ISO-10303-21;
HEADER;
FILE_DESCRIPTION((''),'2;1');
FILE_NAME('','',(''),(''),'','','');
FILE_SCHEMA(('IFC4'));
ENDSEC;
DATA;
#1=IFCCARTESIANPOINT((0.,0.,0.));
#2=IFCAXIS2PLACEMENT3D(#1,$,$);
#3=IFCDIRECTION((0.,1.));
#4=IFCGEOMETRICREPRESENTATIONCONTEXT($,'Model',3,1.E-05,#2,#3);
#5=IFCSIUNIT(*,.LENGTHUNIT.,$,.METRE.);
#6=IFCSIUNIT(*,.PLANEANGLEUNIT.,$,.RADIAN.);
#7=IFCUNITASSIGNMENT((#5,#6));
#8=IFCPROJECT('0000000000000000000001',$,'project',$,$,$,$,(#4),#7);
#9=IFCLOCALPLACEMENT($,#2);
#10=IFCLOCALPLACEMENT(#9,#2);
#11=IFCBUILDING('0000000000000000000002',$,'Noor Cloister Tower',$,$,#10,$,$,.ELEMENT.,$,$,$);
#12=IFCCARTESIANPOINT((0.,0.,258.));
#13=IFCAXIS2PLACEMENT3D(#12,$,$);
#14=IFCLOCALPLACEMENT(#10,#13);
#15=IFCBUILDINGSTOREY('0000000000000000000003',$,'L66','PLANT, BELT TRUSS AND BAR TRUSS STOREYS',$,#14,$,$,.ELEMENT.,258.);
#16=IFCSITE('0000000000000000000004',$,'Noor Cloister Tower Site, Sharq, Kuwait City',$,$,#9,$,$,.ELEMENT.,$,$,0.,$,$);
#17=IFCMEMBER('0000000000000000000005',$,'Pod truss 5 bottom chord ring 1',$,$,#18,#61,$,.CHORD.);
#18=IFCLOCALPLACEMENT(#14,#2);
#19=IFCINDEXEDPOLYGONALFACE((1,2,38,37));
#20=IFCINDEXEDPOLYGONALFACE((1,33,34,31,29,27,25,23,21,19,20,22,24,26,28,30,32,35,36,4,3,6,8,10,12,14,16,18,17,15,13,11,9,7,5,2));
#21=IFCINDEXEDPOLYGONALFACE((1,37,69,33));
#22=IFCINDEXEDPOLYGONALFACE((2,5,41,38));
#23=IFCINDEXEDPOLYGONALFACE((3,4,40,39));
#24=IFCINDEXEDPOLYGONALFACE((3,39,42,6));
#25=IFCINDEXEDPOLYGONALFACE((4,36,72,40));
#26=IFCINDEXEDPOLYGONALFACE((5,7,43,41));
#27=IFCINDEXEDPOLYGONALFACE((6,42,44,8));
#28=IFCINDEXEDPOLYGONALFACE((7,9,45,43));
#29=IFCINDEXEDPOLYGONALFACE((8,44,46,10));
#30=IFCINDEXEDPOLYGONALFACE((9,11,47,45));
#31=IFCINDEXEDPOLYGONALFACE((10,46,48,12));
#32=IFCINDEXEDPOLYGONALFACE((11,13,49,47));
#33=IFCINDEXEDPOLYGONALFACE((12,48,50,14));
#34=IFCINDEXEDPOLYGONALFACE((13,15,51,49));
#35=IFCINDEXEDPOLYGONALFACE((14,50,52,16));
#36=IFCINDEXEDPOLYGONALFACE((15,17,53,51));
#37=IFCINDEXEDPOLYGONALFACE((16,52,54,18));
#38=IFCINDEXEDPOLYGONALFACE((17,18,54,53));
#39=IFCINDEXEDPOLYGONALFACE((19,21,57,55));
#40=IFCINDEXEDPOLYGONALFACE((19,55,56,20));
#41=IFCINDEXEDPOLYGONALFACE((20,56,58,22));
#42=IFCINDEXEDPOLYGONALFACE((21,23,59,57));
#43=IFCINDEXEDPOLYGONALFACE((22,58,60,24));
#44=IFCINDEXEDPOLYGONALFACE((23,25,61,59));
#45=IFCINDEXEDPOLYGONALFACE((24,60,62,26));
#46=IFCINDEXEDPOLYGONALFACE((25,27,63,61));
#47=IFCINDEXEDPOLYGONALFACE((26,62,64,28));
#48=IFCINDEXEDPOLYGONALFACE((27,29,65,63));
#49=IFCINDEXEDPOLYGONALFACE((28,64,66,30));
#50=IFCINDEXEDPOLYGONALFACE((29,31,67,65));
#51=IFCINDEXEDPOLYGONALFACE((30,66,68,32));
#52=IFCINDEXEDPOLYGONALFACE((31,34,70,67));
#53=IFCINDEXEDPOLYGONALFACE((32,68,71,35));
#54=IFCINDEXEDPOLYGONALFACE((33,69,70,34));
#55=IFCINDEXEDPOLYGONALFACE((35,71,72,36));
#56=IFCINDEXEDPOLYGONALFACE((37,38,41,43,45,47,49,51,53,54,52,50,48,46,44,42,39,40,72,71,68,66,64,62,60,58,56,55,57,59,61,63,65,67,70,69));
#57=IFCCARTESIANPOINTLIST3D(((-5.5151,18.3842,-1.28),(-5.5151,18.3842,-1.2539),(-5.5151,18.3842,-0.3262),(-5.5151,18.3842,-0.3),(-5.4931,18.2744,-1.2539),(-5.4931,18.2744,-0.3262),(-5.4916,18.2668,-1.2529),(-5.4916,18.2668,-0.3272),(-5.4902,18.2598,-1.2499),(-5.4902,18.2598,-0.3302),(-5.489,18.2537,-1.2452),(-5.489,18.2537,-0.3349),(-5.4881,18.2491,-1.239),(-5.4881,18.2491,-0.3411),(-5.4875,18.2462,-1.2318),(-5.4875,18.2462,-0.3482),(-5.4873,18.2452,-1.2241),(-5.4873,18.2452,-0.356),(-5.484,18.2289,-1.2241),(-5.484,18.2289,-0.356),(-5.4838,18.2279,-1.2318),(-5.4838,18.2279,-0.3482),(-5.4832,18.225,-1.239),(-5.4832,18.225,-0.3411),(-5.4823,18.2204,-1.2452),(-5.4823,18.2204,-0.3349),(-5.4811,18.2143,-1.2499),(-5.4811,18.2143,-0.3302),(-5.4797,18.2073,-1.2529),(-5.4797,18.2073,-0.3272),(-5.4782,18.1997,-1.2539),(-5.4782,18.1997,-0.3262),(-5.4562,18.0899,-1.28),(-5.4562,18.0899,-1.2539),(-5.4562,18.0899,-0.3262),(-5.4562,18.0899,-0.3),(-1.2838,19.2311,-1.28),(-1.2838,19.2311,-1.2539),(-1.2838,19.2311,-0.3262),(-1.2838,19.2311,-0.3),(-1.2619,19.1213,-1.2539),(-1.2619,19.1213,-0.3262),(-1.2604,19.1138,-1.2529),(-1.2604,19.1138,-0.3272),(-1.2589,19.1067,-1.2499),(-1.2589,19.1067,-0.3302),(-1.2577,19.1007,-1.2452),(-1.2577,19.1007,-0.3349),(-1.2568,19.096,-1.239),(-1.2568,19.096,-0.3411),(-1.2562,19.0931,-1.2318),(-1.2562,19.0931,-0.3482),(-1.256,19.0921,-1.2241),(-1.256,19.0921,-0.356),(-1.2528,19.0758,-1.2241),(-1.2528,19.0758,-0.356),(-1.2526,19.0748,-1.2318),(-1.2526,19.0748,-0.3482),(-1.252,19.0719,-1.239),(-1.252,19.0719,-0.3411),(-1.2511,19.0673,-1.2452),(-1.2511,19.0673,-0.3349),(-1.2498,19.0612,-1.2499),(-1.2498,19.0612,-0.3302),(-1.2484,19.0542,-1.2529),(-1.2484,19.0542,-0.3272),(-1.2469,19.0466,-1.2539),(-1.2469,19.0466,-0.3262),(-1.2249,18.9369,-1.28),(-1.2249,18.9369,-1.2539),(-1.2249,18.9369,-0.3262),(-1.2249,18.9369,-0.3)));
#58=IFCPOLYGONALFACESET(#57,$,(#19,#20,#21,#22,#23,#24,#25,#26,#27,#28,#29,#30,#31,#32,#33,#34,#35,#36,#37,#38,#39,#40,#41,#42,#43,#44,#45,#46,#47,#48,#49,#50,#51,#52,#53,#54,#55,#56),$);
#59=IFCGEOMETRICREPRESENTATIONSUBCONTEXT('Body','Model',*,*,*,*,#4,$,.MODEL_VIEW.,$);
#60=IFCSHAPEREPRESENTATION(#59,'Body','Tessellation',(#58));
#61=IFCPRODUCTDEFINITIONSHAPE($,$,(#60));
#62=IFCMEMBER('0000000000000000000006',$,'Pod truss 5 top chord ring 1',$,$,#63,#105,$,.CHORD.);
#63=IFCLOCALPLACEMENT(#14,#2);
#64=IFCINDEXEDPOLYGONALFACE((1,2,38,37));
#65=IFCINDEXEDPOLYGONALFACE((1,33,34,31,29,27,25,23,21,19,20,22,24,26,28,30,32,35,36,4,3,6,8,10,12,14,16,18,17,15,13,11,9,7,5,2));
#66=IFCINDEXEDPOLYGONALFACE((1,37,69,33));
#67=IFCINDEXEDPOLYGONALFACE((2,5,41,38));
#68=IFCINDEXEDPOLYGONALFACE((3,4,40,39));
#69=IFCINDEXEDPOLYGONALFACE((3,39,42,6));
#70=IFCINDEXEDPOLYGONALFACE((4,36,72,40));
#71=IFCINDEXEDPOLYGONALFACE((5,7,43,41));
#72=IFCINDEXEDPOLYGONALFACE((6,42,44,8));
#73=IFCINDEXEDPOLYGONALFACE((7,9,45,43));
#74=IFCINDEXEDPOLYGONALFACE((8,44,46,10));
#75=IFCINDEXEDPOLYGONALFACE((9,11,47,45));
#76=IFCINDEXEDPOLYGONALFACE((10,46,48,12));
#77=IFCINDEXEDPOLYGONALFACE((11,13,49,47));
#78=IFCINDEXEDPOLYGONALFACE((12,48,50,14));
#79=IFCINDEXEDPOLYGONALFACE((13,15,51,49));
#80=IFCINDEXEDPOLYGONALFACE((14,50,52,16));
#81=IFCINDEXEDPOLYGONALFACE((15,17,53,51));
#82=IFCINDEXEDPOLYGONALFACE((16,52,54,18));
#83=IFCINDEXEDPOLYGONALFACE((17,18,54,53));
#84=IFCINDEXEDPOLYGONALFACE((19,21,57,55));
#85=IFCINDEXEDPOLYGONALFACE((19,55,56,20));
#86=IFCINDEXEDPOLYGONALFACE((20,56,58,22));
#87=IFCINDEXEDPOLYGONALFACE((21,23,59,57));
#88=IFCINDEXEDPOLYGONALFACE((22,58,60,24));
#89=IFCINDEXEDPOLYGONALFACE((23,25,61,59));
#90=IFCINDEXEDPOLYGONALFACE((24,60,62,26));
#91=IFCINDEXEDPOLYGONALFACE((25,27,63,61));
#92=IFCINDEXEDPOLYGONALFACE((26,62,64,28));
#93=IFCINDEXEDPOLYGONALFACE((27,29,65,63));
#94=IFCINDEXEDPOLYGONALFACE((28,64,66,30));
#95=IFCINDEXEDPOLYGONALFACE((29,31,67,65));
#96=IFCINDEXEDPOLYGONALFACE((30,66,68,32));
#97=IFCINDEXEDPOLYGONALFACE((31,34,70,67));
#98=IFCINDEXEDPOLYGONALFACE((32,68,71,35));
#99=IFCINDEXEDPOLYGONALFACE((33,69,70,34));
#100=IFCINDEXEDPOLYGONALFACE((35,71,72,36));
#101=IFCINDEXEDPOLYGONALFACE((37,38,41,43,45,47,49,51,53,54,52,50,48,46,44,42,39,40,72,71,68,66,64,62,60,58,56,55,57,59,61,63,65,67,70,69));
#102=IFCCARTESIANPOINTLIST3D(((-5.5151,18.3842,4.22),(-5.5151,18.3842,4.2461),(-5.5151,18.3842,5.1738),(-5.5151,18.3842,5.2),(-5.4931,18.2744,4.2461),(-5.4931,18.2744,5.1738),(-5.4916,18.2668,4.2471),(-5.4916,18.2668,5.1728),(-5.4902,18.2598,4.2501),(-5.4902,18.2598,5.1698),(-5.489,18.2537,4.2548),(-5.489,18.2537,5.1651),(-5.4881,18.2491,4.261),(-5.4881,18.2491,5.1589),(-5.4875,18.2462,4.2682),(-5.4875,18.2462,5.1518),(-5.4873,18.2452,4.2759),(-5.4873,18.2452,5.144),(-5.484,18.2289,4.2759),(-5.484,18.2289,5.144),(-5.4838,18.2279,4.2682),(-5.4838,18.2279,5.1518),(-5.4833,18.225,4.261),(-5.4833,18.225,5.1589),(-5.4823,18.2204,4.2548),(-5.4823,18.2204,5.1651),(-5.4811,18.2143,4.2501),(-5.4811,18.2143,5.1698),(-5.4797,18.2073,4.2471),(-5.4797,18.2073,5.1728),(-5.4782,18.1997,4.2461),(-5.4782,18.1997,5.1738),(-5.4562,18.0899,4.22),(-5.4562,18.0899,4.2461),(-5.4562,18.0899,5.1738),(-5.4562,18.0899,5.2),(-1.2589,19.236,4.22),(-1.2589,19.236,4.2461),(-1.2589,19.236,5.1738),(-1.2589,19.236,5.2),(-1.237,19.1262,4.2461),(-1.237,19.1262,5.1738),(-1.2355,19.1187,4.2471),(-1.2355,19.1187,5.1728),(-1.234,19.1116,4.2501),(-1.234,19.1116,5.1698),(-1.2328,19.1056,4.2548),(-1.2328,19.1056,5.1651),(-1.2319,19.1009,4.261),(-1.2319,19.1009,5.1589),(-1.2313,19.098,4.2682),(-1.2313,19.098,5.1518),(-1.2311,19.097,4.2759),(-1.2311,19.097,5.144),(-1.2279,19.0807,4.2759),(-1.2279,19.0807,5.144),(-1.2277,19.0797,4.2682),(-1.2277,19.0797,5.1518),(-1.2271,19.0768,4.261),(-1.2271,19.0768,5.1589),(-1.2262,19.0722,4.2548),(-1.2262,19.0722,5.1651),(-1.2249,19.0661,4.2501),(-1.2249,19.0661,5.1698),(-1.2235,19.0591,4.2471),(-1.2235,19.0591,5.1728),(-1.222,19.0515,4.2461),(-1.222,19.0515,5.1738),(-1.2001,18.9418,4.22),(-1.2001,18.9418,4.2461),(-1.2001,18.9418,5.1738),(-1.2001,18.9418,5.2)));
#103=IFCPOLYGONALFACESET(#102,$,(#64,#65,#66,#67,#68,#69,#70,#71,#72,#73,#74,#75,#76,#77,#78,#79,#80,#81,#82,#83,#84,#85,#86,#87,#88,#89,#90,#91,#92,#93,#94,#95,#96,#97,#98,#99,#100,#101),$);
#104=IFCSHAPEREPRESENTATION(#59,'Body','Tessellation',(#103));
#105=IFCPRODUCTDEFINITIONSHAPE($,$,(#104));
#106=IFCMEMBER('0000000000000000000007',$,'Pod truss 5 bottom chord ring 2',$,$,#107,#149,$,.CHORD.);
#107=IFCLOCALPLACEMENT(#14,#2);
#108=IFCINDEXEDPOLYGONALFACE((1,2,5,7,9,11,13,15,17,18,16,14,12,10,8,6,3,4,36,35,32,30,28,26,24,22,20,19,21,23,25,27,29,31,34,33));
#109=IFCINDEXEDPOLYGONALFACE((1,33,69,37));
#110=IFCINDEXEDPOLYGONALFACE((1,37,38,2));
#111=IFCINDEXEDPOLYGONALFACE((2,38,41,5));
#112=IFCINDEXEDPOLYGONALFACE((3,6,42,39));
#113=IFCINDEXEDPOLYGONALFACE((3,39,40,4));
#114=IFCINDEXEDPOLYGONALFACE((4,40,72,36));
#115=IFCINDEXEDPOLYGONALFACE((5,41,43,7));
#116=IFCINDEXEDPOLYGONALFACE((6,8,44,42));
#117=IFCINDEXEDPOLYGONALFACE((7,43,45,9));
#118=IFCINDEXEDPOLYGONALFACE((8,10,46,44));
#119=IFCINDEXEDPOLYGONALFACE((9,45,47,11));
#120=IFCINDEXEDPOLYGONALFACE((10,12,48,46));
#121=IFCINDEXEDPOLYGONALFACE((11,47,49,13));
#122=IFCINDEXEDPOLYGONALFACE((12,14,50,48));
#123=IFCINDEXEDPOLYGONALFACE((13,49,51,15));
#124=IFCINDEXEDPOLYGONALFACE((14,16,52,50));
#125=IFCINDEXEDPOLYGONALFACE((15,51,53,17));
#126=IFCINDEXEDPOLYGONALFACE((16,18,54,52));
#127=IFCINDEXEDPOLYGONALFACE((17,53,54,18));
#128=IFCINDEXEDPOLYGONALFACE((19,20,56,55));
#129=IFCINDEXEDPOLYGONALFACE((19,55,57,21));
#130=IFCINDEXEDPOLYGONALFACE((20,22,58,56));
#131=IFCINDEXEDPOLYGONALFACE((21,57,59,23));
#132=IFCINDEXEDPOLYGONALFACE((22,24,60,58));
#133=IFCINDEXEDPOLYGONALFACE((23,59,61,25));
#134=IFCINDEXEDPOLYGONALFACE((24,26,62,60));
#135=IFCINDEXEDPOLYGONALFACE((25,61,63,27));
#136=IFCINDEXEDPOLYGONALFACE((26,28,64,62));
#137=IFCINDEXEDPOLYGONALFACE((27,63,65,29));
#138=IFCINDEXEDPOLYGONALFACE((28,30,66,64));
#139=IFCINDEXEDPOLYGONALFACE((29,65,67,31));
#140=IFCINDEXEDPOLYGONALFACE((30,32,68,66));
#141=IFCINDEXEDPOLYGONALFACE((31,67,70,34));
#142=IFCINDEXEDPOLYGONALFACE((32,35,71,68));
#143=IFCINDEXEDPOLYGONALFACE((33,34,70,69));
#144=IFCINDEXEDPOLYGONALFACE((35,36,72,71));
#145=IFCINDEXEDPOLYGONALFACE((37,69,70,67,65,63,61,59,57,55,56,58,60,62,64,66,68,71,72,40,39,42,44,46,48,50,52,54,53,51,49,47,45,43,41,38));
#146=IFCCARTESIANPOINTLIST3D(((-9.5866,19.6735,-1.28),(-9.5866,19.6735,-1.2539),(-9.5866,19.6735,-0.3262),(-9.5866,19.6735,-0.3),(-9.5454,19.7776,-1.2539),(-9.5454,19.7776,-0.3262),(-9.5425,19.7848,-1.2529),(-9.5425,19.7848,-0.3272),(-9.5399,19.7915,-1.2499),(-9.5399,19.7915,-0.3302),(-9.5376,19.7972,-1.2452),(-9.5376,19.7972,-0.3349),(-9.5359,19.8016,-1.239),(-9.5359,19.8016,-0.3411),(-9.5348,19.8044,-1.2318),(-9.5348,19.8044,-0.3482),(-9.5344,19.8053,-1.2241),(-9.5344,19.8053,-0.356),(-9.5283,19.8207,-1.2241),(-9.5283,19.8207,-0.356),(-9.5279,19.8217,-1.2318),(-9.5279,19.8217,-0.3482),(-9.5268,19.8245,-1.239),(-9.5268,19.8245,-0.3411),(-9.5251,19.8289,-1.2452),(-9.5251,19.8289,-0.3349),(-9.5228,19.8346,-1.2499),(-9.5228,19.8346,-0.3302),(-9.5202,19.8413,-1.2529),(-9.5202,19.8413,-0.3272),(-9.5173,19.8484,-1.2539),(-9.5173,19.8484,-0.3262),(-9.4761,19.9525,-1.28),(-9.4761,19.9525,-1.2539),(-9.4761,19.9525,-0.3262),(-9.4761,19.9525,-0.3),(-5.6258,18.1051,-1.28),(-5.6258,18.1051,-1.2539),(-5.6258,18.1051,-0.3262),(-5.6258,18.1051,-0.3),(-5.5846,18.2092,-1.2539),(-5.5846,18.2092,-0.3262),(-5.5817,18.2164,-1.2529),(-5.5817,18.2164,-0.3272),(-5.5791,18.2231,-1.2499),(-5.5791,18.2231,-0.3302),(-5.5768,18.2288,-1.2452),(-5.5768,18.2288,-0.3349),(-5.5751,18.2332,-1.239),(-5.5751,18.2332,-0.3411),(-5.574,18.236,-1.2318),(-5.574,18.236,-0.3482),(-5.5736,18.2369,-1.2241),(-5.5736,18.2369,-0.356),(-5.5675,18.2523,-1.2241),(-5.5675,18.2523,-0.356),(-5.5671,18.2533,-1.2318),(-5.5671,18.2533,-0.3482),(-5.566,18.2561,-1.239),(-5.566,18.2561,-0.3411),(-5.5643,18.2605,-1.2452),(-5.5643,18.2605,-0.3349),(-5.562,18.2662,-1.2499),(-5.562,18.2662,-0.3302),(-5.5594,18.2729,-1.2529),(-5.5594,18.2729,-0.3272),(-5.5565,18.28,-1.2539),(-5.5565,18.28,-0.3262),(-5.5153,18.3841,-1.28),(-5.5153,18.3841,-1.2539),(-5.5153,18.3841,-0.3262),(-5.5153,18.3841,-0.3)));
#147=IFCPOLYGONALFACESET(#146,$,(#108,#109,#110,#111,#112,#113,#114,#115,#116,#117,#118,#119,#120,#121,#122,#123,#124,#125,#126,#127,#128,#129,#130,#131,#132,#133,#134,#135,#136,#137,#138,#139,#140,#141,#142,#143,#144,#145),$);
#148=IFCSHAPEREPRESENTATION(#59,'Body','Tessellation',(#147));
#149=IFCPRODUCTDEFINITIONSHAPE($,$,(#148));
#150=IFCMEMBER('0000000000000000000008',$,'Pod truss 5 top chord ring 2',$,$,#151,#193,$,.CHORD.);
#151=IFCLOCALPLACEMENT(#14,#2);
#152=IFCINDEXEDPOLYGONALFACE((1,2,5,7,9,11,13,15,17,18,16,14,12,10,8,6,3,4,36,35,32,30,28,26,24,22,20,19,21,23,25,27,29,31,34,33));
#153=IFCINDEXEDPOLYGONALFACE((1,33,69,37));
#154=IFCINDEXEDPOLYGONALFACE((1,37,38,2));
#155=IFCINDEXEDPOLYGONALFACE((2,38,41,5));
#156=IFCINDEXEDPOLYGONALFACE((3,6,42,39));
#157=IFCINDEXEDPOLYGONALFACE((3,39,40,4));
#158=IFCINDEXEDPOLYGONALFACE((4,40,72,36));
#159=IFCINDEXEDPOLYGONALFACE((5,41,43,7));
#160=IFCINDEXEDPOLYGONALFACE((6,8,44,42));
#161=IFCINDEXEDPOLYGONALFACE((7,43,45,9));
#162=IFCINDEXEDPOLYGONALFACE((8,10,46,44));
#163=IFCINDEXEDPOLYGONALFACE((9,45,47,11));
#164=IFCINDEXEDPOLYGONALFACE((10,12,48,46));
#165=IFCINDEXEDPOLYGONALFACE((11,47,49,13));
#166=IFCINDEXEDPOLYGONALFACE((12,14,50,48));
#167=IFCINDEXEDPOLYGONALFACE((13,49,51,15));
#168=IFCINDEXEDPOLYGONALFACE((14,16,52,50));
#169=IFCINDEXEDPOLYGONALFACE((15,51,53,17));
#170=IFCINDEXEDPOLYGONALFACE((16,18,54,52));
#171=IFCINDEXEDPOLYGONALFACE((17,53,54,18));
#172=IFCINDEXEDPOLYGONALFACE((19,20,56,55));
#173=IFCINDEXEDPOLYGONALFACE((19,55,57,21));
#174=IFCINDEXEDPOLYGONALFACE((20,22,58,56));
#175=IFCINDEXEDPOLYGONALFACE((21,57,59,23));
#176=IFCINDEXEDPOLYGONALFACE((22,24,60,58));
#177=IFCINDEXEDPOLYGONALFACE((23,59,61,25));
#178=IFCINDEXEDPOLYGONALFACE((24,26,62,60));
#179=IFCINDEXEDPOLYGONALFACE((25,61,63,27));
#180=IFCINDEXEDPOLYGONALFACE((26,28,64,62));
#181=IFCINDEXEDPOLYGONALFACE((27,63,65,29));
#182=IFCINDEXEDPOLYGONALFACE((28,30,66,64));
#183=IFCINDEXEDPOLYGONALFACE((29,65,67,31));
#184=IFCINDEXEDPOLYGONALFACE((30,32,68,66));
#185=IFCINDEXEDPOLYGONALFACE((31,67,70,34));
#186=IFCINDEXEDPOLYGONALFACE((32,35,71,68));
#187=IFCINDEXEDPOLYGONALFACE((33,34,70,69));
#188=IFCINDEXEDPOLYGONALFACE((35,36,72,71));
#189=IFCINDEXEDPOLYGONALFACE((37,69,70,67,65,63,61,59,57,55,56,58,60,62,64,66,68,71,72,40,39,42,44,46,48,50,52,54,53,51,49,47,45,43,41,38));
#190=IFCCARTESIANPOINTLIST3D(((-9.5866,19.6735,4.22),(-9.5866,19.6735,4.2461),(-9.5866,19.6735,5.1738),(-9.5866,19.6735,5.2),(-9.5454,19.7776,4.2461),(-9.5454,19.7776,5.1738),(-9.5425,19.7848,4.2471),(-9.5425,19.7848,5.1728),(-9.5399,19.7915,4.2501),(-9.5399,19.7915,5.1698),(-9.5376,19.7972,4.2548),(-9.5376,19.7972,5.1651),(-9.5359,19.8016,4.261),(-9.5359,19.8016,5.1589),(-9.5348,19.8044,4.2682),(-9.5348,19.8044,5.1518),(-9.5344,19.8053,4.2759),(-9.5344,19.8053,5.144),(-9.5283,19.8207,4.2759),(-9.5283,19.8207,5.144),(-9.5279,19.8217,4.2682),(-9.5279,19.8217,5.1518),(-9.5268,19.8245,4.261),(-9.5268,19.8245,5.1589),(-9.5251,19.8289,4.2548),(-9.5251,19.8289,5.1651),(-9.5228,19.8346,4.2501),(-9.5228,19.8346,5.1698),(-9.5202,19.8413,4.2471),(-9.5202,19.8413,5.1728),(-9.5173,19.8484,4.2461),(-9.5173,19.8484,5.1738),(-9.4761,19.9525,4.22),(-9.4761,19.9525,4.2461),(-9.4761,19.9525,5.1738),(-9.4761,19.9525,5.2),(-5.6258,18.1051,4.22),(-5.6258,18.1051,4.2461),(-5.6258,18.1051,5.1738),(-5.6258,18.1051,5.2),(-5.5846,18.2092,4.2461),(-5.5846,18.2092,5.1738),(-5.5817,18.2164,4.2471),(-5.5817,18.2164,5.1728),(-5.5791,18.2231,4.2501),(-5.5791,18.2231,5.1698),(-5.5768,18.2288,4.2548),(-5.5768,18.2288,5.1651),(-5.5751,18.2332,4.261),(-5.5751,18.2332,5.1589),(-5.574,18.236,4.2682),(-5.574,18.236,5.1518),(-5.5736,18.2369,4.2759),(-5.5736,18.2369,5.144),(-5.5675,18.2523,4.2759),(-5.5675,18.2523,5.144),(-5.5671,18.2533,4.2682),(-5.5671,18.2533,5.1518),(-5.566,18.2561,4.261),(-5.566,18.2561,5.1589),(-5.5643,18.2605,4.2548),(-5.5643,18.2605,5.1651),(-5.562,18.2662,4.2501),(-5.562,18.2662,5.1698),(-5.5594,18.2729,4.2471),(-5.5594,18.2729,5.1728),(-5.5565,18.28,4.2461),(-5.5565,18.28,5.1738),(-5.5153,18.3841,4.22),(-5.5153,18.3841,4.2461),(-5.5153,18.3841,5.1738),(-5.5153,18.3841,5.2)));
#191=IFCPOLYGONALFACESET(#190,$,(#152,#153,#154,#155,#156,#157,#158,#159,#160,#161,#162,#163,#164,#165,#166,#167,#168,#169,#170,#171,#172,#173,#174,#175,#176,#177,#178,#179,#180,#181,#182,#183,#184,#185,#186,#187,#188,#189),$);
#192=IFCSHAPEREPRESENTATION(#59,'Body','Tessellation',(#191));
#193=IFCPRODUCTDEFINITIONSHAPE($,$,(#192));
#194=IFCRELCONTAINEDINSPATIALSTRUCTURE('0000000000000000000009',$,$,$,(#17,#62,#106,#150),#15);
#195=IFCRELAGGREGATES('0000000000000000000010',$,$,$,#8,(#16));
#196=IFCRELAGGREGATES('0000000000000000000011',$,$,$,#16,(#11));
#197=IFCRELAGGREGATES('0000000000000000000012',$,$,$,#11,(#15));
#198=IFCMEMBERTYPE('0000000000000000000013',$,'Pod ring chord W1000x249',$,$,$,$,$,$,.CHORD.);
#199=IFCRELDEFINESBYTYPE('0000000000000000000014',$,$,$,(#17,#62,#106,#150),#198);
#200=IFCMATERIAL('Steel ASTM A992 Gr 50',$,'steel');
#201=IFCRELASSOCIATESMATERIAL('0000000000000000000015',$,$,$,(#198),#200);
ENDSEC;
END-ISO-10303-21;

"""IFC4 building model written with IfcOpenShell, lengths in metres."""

from ifc_helpers import new_model, si_unit, direction, frame, origin, origin_2d, place, context, subcontext, project, spatial, i_section, extrude, material, material_profile, profile_set, type_object, element, save


model = new_model("IFC4")

# Units and contexts
model_context = context("Model", 3, precision=1e-05, world=origin(), true_north=direction((0.0, 1.0)))
body_context = subcontext(model_context, "Body", "Model", "MODEL_VIEW")
ifc_project = project(units=[si_unit("LENGTHUNIT", "METRE"), si_unit("PLANEANGLEUNIT", "RADIAN")], contexts=[model_context])

# Site, building, storey
site_placement = place(None, origin())
site = spatial("IfcSite", under=ifc_project, at=site_placement, Name="Noor Cloister Tower Site, Sharq, Kuwait City", CompositionType="ELEMENT", RefElevation=0.0)
building_placement = place(site_placement, origin())
building = spatial("IfcBuilding", under=site, at=building_placement, Name="Noor Cloister Tower", CompositionType="ELEMENT")
storey_placement = place(building_placement, frame((0.0, 0.0, 258.0)))
storey = spatial("IfcBuildingStorey", under=building, at=storey_placement, Name="L66", Description="PLANT, BELT TRUSS AND BAR TRUSS STOREYS", CompositionType="ELEMENT", Elevation=258.0)

# Members
ifc_material_1 = material(Name="Steel ASTM A992 Gr 50", Category="steel")
ifc_material_profile_1 = material_profile(ifc_material_1, i_section(OverallWidth=0.3, OverallDepth=0.98, WebThickness=0.0166, FlangeThickness=0.0261, FilletRadius=0.0298, at=origin_2d()), Name="W1000x249")
ifc_profile_set_1 = profile_set([ifc_material_profile_1], Name="Steel ASTM A992 Gr 50")
member_type_1 = type_object("IfcMemberType", Name="Pod ring chord W1000x249", PredefinedType="CHORD", material=ifc_profile_set_1)
member_1_placement = place(storey_placement, frame((-1.2544, 19.084, -0.79), z_axis=(-0.98055, -0.196268, 0.0), x_axis=(0.196268, -0.98055, 0.0)))
element("IfcMember", 1, at=member_1_placement, inside=storey, type_object=member_type_1, Name="Pod truss 5 bottom chord ring 1", PredefinedType="CHORD", context=body_context, shape_type="SweptSolid", body=[
    extrude(i_section(OverallWidth=0.3, OverallDepth=0.98, WebThickness=0.0166, FlangeThickness=0.0261, FilletRadius=0.0298, at=origin_2d()), origin(), (0.0, 0.0, 1.0), 4.3152),
])
member_2_placement = place(storey_placement, frame((-1.2295, 19.0889, 4.71), z_axis=(-0.980555, -0.196246, 0.0), x_axis=(0.196246, -0.980555, 0.0)))
element("IfcMember", 2, at=member_2_placement, inside=storey, type_object=member_type_1, Name="Pod truss 5 top chord ring 1", PredefinedType="CHORD", context=body_context, shape_type="SweptSolid", body=[
    extrude(i_section(OverallWidth=0.3, OverallDepth=0.98, WebThickness=0.0166, FlangeThickness=0.0261, FilletRadius=0.0298, at=origin_2d()), origin(), (0.0, 0.0, 1.0), 4.3406),
])
for number, where, z_axis, x_axis, name in (
    (3, (-5.5706, 18.2446, -0.79), (-0.92976, 0.368167, 0.0), (-0.368167, -0.92976, 0.0), "Pod truss 5 bottom chord ring 2"),
    (4, (-5.5706, 18.2446, 4.71), (-0.92976, 0.368167, 0.0), (-0.368167, -0.92976, 0.0), "Pod truss 5 top chord ring 2"),
):
    element("IfcMember", number, at=place(storey_placement, frame(where, z_axis=z_axis, x_axis=x_axis)), inside=storey, type_object=member_type_1, Name=name, PredefinedType="CHORD", context=body_context, shape_type="SweptSolid", body=[
        extrude(i_section(OverallWidth=0.3, OverallDepth=0.98, WebThickness=0.0166, FlangeThickness=0.0261, FilletRadius=0.0298, at=origin_2d()), origin(), (0.0, 0.0, 1.0), 4.26),
    ])

save(model, "model.ifc")
